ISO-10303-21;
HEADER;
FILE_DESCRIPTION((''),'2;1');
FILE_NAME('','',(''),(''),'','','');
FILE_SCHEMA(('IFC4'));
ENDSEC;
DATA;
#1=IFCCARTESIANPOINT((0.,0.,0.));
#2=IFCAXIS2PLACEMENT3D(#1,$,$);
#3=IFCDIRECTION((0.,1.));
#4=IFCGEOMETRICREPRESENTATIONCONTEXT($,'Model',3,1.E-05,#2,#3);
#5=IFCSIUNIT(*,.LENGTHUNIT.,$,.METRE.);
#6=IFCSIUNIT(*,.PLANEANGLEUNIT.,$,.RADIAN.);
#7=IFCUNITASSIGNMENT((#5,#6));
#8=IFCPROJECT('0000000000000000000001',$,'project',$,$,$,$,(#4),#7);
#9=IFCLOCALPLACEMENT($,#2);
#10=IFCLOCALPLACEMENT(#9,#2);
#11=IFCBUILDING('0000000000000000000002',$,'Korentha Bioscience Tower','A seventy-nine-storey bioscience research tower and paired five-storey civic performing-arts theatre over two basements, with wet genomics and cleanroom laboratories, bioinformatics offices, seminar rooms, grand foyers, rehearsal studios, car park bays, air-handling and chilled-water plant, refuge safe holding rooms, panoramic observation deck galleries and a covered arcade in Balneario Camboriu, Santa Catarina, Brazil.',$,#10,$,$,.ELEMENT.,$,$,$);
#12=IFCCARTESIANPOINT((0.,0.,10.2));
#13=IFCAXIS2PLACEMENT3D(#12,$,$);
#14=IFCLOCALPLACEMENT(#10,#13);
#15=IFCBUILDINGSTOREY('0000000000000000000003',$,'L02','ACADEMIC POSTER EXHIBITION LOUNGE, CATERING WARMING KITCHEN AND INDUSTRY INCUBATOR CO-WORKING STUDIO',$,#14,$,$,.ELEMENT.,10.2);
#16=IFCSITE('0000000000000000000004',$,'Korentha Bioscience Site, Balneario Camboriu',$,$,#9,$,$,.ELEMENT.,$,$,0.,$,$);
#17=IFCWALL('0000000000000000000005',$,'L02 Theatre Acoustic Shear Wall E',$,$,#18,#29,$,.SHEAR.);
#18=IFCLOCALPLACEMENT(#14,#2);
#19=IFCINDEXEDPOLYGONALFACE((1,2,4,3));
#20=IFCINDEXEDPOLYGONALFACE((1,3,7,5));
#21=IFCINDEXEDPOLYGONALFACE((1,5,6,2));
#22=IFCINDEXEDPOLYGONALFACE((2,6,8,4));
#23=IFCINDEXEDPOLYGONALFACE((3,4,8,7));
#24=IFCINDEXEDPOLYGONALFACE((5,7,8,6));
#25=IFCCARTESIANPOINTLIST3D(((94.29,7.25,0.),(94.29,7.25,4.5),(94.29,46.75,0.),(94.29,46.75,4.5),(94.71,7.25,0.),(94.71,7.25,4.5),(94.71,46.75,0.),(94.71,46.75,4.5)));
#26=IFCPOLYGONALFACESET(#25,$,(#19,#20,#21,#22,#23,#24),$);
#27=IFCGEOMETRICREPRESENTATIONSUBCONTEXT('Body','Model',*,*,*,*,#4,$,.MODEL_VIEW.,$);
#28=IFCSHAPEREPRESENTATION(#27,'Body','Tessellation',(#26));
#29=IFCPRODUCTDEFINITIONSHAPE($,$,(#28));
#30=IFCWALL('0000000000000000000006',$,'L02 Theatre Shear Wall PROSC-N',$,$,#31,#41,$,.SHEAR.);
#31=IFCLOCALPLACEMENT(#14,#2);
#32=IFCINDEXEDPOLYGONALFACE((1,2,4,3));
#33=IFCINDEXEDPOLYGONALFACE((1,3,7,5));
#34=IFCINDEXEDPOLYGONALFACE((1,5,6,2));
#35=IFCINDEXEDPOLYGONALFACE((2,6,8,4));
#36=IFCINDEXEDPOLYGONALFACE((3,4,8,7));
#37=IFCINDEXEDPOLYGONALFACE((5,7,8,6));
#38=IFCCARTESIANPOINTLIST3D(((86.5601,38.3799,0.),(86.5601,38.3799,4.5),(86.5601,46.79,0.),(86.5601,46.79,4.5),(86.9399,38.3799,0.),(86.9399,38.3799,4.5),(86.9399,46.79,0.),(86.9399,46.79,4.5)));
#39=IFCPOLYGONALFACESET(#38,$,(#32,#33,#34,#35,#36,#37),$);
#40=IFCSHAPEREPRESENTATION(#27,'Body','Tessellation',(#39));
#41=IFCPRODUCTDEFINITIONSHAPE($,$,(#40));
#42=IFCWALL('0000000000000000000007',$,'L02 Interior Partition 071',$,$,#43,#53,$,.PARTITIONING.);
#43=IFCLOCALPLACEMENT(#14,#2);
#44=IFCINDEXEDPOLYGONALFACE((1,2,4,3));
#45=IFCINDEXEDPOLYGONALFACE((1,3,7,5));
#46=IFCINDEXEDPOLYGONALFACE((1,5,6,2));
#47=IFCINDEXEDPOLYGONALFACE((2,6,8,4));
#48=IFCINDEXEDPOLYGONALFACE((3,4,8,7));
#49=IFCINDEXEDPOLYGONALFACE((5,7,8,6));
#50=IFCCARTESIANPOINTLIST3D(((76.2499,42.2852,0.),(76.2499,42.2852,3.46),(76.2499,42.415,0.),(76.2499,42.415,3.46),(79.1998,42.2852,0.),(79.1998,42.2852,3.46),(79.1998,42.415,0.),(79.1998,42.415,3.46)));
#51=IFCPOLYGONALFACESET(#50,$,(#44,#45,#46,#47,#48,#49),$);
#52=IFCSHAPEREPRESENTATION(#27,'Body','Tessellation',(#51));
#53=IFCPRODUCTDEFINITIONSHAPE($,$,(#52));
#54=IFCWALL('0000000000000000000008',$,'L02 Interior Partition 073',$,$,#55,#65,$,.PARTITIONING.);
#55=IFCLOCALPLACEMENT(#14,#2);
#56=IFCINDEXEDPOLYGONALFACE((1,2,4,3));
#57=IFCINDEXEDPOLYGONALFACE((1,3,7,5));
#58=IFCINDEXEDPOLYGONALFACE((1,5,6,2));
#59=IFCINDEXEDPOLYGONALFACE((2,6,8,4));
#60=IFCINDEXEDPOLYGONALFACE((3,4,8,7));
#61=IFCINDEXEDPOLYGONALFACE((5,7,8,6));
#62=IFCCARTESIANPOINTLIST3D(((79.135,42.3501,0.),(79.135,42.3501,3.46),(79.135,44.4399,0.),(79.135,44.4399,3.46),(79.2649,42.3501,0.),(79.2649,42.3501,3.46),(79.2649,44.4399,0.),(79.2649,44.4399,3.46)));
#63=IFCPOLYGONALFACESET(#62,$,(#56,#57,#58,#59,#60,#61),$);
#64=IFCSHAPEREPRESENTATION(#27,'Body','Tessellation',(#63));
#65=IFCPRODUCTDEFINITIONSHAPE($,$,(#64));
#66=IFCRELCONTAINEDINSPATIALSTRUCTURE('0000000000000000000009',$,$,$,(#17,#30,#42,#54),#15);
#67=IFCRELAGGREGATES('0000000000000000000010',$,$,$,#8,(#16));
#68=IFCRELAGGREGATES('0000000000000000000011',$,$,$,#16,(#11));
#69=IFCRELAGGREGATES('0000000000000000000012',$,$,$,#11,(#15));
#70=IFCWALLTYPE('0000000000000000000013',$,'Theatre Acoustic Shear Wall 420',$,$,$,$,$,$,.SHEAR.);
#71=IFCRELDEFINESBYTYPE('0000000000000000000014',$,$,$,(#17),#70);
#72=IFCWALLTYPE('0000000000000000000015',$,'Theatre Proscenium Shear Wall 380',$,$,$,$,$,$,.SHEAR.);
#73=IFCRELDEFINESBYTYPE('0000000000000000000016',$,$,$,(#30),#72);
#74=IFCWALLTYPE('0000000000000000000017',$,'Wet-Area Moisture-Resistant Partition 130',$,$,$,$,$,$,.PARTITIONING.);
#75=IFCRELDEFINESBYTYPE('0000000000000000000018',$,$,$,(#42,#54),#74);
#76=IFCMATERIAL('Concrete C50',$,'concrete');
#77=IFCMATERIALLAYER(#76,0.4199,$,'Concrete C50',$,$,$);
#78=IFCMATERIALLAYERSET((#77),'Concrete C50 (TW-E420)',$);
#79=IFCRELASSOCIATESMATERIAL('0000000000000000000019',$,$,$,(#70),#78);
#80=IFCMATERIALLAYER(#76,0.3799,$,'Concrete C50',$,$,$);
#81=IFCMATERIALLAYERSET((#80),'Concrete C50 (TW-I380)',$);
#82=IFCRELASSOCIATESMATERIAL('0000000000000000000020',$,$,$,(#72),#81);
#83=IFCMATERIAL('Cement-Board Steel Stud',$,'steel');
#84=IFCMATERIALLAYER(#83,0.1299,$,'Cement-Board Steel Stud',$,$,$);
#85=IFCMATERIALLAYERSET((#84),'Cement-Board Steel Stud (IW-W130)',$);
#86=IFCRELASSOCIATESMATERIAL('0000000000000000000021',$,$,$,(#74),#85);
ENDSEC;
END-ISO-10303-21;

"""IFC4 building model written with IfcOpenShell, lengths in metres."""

from ifc_helpers import new_model, si_unit, direction, frame, frame_2d, origin, place, context, subcontext, project, spatial, rectangle, extrude, material, layer, layer_set, type_object, element, save


model = new_model("IFC4")

# Units and contexts
model_context = context("Model", 3, precision=1e-05, world=origin(), true_north=direction((0.0, 1.0)))
body_context = subcontext(model_context, "Body", "Model", "MODEL_VIEW")
ifc_project = project(units=[si_unit("LENGTHUNIT", "METRE"), si_unit("PLANEANGLEUNIT", "RADIAN")], contexts=[model_context])

# Site, building, storey
site_placement = place(None, origin())
site = spatial("IfcSite", under=ifc_project, at=site_placement, Name="Korentha Bioscience Site, Balneario Camboriu", CompositionType="ELEMENT", RefElevation=0.0)
building_placement = place(site_placement, origin())
building = spatial("IfcBuilding", under=site, at=building_placement, Name="Korentha Bioscience Tower", Description="A seventy-nine-storey bioscience research tower and paired five-storey civic performing-arts theatre over two basements, with wet genomics and cleanroom laboratories, bioinformatics offices, seminar rooms, grand foyers, rehearsal studios, car park bays, air-handling and chilled-water plant, refuge safe holding rooms, panoramic observation deck galleries and a covered arcade in Balneario Camboriu, Santa Catarina, Brazil.", CompositionType="ELEMENT")
storey_placement = place(building_placement, frame((0.0, 0.0, 10.2)))
storey = spatial("IfcBuildingStorey", under=building, at=storey_placement, Name="L02", Description="ACADEMIC POSTER EXHIBITION LOUNGE, CATERING WARMING KITCHEN AND INDUSTRY INCUBATOR CO-WORKING STUDIO", CompositionType="ELEMENT", Elevation=10.2)

# Shared definitions
ifc_material_1 = material(Name="Concrete C50", Category="concrete")

# Walls
ifc_layer_1 = layer(ifc_material_1, 0.4199, Name="Concrete C50")
ifc_layer_set_1 = layer_set([ifc_layer_1], Name="Concrete C50 (TW-E420)")
wall_type_1 = type_object("IfcWallType", Name="Theatre Acoustic Shear Wall 420", PredefinedType="SHEAR", material=ifc_layer_set_1)
wall_1_placement = place(storey_placement, frame((94.5, 46.75, 0.0), z_axis=(0.0, 0.0, 1.0), x_axis=(0.0, -1.0, 0.0)))
element("IfcWall", 1, at=wall_1_placement, inside=storey, type_object=wall_type_1, Name="L02 Theatre Acoustic Shear Wall E", PredefinedType="SHEAR", context=body_context, shape_type="SweptSolid", body=[
    extrude(rectangle(XDim=39.5, YDim=0.4199, at=frame_2d((19.75, 0.0))), origin(), (0.0, 0.0, 1.0), 4.5),
])
ifc_layer_2 = layer(ifc_material_1, 0.3799, Name="Concrete C50")
ifc_layer_set_2 = layer_set([ifc_layer_2], Name="Concrete C50 (TW-I380)")
wall_type_2 = type_object("IfcWallType", Name="Theatre Proscenium Shear Wall 380", PredefinedType="SHEAR", material=ifc_layer_set_2)
wall_2_placement = place(storey_placement, frame((86.75, 38.3799, 0.0), z_axis=(0.0, 0.0, 1.0), x_axis=(0.0, 1.0, 0.0)))
element("IfcWall", 2, at=wall_2_placement, inside=storey, type_object=wall_type_2, Name="L02 Theatre Shear Wall PROSC-N", PredefinedType="SHEAR", context=body_context, shape_type="SweptSolid", body=[
    extrude(rectangle(XDim=8.4102, YDim=0.3799, at=frame_2d((4.2051, 0.0))), origin(), (0.0, 0.0, 1.0), 4.5),
])
ifc_material_2 = material(Name="Cement-Board Steel Stud", Category="steel")
ifc_layer_3 = layer(ifc_material_2, 0.1299, Name="Cement-Board Steel Stud")
ifc_layer_set_3 = layer_set([ifc_layer_3], Name="Cement-Board Steel Stud (IW-W130)")
wall_type_3 = type_object("IfcWallType", Name="Wet-Area Moisture-Resistant Partition 130", PredefinedType="PARTITIONING", material=ifc_layer_set_3)
wall_3_placement = place(storey_placement, frame((79.2, 42.3501, 0.0), z_axis=(0.0, 0.0, 1.0), x_axis=(-1.0, 0.0, 0.0)))
element("IfcWall", 3, at=wall_3_placement, inside=storey, type_object=wall_type_3, Name="L02 Interior Partition 071", PredefinedType="PARTITIONING", context=body_context, shape_type="SweptSolid", body=[
    extrude(rectangle(XDim=2.95, YDim=0.1299, at=frame_2d((1.4751, 0.0))), origin(), (0.0, 0.0, 1.0), 3.46),
])
wall_4_placement = place(storey_placement, frame((79.2, 44.4399, 0.0), z_axis=(0.0, 0.0, 1.0), x_axis=(0.0, -1.0, 0.0)))
element("IfcWall", 4, at=wall_4_placement, inside=storey, type_object=wall_type_3, Name="L02 Interior Partition 073", PredefinedType="PARTITIONING", context=body_context, shape_type="SweptSolid", body=[
    extrude(rectangle(XDim=2.0898, YDim=0.1299, at=frame_2d((1.0449, 0.0))), origin(), (0.0, 0.0, 1.0), 3.46),
])

save(model, "model.ifc")
